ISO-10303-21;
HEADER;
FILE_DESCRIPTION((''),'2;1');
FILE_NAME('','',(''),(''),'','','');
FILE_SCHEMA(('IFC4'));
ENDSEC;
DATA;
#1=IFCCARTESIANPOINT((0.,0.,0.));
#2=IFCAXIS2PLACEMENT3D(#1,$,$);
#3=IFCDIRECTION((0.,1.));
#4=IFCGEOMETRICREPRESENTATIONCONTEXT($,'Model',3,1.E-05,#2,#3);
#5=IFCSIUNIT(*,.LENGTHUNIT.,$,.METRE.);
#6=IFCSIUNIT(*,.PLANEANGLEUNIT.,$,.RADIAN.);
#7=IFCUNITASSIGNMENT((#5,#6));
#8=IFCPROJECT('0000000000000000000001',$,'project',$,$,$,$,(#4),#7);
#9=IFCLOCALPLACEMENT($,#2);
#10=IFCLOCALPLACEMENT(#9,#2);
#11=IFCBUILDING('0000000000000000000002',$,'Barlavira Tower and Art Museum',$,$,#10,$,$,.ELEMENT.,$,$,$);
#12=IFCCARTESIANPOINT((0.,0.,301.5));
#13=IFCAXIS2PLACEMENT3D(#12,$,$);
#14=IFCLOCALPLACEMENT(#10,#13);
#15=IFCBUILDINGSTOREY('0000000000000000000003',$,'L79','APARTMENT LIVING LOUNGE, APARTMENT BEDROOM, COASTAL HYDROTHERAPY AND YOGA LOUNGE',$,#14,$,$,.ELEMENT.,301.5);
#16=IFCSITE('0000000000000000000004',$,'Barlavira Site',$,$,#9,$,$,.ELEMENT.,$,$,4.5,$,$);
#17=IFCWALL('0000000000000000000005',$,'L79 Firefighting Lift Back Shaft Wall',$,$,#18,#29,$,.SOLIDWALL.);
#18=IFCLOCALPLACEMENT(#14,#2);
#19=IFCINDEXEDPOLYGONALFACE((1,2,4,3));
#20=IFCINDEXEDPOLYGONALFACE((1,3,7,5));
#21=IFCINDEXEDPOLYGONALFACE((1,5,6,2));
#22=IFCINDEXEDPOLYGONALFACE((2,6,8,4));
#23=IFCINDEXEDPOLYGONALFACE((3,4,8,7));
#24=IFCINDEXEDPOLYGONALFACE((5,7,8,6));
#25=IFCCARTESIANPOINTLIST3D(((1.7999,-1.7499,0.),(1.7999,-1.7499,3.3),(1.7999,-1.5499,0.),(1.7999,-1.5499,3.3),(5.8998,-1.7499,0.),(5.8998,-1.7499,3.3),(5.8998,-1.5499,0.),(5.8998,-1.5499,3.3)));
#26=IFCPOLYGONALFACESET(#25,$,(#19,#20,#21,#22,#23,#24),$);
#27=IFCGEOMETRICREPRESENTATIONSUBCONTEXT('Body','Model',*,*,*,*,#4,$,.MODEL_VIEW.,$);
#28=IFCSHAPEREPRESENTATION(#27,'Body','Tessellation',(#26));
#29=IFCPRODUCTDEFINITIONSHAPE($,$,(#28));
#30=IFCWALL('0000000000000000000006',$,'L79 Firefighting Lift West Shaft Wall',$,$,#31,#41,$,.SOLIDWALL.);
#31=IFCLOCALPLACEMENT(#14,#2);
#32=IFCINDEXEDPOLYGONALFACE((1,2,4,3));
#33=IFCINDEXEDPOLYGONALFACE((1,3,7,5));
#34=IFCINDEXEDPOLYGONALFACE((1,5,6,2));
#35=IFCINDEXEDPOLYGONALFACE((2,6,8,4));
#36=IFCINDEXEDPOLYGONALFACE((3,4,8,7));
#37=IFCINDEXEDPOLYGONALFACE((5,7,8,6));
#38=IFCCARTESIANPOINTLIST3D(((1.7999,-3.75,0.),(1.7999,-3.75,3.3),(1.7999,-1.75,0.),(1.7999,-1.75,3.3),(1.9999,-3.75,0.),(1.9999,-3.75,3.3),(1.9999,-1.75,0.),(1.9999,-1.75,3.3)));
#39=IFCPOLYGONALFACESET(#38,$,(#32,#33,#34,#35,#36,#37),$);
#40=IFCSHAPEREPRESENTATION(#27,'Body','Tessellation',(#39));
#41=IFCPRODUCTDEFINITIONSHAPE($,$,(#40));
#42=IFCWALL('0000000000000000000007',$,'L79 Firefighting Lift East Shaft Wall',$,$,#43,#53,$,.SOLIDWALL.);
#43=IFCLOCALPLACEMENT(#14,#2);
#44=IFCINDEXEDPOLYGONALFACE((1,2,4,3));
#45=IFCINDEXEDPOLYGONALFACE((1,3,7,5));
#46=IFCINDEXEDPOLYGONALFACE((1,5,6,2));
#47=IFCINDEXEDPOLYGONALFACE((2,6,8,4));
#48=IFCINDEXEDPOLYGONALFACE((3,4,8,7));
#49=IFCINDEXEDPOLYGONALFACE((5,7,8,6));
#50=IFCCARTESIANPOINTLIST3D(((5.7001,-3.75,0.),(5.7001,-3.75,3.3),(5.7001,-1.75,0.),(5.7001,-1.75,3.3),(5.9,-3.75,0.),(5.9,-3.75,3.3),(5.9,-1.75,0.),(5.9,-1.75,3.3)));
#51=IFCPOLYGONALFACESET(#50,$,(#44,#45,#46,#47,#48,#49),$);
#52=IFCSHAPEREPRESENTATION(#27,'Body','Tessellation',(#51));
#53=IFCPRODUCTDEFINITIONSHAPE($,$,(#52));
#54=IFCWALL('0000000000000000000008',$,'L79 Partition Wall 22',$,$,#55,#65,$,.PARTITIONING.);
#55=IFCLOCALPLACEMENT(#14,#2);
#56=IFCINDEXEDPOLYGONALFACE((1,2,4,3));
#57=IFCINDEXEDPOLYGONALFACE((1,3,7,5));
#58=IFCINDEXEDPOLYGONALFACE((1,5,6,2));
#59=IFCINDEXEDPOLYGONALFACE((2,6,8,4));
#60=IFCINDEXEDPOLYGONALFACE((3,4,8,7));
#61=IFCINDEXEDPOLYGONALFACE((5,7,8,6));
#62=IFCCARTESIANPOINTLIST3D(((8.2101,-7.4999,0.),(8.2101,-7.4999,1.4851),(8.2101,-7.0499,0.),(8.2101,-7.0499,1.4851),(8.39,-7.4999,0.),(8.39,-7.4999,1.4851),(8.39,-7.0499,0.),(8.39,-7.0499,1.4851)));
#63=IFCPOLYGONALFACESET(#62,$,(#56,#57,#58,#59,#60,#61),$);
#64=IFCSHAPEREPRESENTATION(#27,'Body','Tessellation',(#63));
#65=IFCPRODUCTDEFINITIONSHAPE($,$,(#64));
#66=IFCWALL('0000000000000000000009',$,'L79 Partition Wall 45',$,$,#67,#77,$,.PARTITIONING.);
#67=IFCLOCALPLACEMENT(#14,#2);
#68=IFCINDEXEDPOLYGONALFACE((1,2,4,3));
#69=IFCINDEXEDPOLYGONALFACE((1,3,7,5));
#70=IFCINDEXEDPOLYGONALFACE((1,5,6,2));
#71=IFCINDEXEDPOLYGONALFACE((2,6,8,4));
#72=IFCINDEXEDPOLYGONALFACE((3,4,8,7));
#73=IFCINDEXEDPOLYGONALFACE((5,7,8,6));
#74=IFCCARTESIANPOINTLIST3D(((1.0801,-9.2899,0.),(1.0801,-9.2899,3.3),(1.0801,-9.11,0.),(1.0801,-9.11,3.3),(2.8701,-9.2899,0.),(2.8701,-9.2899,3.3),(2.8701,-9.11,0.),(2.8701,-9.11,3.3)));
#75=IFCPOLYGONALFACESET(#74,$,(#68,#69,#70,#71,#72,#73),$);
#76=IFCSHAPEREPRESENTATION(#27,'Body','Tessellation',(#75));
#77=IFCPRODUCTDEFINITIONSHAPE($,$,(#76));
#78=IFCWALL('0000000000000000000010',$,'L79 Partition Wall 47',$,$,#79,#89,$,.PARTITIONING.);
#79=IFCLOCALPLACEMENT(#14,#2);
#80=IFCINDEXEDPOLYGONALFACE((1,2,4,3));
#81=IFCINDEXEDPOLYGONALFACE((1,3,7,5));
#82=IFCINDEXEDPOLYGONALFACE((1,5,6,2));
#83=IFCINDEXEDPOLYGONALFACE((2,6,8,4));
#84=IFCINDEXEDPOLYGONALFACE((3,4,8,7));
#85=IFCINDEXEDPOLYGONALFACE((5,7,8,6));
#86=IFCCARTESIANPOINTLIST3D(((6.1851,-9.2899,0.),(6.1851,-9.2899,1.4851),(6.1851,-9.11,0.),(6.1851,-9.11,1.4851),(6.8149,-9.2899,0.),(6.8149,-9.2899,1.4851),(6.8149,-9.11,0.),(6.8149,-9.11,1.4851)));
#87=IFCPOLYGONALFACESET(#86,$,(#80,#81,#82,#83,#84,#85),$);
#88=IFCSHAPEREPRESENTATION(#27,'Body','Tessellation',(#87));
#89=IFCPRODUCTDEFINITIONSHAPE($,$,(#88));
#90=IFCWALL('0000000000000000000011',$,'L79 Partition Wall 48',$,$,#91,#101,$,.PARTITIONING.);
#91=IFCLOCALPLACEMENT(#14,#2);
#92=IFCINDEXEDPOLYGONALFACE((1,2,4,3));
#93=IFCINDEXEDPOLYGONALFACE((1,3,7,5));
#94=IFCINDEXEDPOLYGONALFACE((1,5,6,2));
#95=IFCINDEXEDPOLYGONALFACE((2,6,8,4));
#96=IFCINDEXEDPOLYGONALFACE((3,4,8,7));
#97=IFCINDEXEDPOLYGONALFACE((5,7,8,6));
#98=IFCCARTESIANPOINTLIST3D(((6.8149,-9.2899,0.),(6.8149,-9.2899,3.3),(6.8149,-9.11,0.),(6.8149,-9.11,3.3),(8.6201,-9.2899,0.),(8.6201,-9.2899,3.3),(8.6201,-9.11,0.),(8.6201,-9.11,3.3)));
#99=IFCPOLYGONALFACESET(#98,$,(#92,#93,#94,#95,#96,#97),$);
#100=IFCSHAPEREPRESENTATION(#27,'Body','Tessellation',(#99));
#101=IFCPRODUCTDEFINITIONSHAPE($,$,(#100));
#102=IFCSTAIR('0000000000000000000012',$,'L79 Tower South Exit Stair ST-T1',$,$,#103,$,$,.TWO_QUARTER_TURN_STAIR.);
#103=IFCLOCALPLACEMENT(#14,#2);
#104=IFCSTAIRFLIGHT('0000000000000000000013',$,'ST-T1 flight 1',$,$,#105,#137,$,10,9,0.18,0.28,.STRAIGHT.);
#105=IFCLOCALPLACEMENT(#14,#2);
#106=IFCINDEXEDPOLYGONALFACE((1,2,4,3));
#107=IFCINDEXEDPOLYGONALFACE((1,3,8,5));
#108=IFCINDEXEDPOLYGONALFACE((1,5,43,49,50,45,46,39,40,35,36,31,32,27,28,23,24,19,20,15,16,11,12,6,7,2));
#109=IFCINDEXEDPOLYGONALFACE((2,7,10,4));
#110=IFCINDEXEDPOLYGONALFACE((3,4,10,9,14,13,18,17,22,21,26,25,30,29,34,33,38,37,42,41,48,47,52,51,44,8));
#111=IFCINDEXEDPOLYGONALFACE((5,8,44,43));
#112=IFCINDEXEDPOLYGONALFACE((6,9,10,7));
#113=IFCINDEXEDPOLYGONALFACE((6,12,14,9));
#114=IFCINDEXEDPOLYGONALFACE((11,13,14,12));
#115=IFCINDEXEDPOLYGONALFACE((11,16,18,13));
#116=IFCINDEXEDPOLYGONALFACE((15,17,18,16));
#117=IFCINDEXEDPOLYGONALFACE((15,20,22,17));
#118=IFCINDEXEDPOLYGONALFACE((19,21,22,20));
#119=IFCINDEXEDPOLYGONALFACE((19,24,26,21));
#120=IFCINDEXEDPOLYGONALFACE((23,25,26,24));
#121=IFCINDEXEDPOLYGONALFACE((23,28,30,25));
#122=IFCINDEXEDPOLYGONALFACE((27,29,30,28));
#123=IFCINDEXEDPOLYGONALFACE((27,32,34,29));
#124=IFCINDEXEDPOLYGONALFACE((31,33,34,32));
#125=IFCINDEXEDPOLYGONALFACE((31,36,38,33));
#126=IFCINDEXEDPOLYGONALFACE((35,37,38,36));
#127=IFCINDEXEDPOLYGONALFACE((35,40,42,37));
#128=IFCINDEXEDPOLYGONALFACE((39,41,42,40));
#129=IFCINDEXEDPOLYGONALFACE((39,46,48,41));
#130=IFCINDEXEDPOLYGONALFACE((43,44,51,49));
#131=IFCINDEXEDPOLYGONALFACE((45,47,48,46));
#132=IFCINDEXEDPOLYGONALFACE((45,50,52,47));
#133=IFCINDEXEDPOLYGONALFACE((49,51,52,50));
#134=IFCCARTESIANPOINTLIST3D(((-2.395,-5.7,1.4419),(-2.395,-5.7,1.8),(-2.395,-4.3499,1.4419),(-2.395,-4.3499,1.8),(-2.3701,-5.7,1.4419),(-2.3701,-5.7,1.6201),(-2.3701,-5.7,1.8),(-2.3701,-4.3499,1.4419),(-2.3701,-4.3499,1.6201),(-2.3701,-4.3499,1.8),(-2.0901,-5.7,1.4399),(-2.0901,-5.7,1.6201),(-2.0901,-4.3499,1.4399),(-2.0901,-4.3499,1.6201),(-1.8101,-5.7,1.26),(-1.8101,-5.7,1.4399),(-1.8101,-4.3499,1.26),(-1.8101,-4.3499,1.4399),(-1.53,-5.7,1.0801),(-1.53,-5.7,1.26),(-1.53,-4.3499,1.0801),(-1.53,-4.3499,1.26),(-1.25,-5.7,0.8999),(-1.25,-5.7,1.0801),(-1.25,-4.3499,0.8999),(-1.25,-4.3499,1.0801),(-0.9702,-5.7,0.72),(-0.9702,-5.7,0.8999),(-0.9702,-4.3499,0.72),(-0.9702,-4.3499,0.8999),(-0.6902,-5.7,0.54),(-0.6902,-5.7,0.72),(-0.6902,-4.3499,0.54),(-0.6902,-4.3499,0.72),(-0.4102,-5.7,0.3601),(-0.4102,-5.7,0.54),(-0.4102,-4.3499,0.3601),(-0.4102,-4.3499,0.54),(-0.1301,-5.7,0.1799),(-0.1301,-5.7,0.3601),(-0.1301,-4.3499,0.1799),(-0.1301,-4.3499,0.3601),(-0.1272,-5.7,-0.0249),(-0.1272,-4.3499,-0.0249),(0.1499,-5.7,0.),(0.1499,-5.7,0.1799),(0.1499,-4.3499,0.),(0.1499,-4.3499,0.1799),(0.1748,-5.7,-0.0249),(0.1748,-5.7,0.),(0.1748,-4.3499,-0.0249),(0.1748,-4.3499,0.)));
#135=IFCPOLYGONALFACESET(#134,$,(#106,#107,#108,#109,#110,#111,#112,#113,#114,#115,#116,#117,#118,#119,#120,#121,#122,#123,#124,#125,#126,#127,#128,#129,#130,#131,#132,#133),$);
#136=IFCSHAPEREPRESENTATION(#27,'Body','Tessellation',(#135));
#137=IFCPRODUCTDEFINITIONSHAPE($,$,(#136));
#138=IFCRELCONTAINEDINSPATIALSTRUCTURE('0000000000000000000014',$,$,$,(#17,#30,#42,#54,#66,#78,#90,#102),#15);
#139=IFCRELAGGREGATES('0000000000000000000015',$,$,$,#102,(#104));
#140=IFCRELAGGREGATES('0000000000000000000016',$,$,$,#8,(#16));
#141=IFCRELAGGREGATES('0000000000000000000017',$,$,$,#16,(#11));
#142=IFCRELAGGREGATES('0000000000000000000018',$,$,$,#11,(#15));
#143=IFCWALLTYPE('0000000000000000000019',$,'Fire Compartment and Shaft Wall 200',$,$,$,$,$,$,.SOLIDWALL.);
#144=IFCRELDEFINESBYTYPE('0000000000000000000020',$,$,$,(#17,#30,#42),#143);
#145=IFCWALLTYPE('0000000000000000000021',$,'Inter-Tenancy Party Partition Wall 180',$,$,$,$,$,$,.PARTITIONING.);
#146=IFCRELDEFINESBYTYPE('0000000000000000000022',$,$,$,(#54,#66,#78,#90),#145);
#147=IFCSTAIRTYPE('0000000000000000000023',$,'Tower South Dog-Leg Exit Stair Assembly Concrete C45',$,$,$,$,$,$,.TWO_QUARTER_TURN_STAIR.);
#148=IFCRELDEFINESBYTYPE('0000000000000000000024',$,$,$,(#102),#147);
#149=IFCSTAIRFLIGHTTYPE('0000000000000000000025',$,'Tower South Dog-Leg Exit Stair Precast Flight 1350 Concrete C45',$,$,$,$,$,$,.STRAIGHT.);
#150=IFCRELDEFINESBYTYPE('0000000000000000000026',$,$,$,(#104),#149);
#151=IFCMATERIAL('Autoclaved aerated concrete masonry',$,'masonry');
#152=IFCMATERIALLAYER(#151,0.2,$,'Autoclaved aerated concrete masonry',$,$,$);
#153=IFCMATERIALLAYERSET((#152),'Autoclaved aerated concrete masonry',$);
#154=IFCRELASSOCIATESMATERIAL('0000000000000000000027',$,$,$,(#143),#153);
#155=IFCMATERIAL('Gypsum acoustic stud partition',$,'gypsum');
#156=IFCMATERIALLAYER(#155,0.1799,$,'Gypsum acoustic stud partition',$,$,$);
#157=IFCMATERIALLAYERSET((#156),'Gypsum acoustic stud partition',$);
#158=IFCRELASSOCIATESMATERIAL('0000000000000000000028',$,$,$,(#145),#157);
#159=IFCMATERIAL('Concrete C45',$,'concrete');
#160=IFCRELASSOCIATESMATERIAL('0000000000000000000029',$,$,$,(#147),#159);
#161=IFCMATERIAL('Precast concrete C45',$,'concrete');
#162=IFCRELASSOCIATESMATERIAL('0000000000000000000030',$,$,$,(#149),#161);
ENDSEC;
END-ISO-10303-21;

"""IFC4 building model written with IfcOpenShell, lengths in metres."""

from ifc_helpers import new_model, si_unit, direction, frame, frame_2d, origin, place, context, subcontext, project, spatial, polyline, rectangle, outline, extrude, material, layer, layer_set, type_object, element, aggregate, save


model = new_model("IFC4")

# Units and contexts
model_context = context("Model", 3, precision=1e-05, world=origin(), true_north=direction((0.0, 1.0)))
body_context = subcontext(model_context, "Body", "Model", "MODEL_VIEW")
ifc_project = project(units=[si_unit("LENGTHUNIT", "METRE"), si_unit("PLANEANGLEUNIT", "RADIAN")], contexts=[model_context])

# Site, building, storey
site_placement = place(None, origin())
site = spatial("IfcSite", under=ifc_project, at=site_placement, Name="Barlavira Site", CompositionType="ELEMENT", RefElevation=4.5)
building_placement = place(site_placement, origin())
building = spatial("IfcBuilding", under=site, at=building_placement, Name="Barlavira Tower and Art Museum", CompositionType="ELEMENT")
storey_placement = place(building_placement, frame((0.0, 0.0, 301.5)))
storey = spatial("IfcBuildingStorey", under=building, at=storey_placement, Name="L79", Description="APARTMENT LIVING LOUNGE, APARTMENT BEDROOM, COASTAL HYDROTHERAPY AND YOGA LOUNGE", CompositionType="ELEMENT", Elevation=301.5)

# Shared definitions
ifc_material_1 = material(Name="Autoclaved aerated concrete masonry", Category="masonry")
ifc_layer_1 = layer(ifc_material_1, 0.2, Name="Autoclaved aerated concrete masonry")
ifc_layer_set_1 = layer_set([ifc_layer_1], Name="Autoclaved aerated concrete masonry")
wall_type_1 = type_object("IfcWallType", Name="Fire Compartment and Shaft Wall 200", PredefinedType="SOLIDWALL", material=ifc_layer_set_1)

# Walls
wall_1_placement = place(storey_placement, frame((1.8, -1.6499, 0.0), z_axis=(0.0, 0.0, 1.0), x_axis=(1.0, 0.0, 0.0)))
element("IfcWall", 1, at=wall_1_placement, inside=storey, type_object=wall_type_1, Name="L79 Firefighting Lift Back Shaft Wall", PredefinedType="SOLIDWALL", context=body_context, shape_type="SweptSolid", body=[
    extrude(rectangle(XDim=4.0999, YDim=0.2, at=frame_2d((2.0498, 0.0))), origin(), (0.0, 0.0, 1.0), 3.3),
])
for number, where, z_axis, x_axis, name in (
    (2, (1.8999, -3.75, 0.0), (0.0, 0.0, 1.0), (0.0, 1.0, 0.0), "L79 Firefighting Lift West Shaft Wall"),
    (3, (5.8, -3.75, 0.0), (0.0, 0.0, 1.0), (0.0, 1.0, 0.0), "L79 Firefighting Lift East Shaft Wall"),
):
    element("IfcWall", number, at=place(storey_placement, frame(where, z_axis=z_axis, x_axis=x_axis)), inside=storey, type_object=wall_type_1, Name=name, PredefinedType="SOLIDWALL", context=body_context, shape_type="SweptSolid", body=[
        extrude(rectangle(XDim=2.0, YDim=0.2, at=frame_2d((1.0, 0.0))), origin(), (0.0, 0.0, 1.0), 3.3),
    ])
ifc_material_2 = material(Name="Gypsum acoustic stud partition", Category="gypsum")
ifc_layer_2 = layer(ifc_material_2, 0.1799, Name="Gypsum acoustic stud partition")
ifc_layer_set_2 = layer_set([ifc_layer_2], Name="Gypsum acoustic stud partition")
wall_type_2 = type_object("IfcWallType", Name="Inter-Tenancy Party Partition Wall 180", PredefinedType="PARTITIONING", material=ifc_layer_set_2)
wall_2_placement = place(storey_placement, frame((8.3, -7.5, 0.0), z_axis=(0.0, 0.0, 1.0), x_axis=(0.0, 1.0, 0.0)))
element("IfcWall", 4, at=wall_2_placement, inside=storey, type_object=wall_type_2, Name="L79 Partition Wall 22", PredefinedType="PARTITIONING", context=body_context, shape_type="SweptSolid", body=[
    extrude(rectangle(XDim=0.45, YDim=0.1799, at=frame_2d((0.2251, 0.0))), origin(), (0.0, 0.0, 1.0), 1.4851),
])
wall_3_placement = place(storey_placement, frame((1.0801, -9.2, 0.0), z_axis=(0.0, 0.0, 1.0), x_axis=(1.0, 0.0, 0.0)))
element("IfcWall", 5, at=wall_3_placement, inside=storey, type_object=wall_type_2, Name="L79 Partition Wall 45", PredefinedType="PARTITIONING", context=body_context, shape_type="SweptSolid", body=[
    extrude(rectangle(XDim=1.79, YDim=0.1799, at=frame_2d((0.895, 0.0))), origin(), (0.0, 0.0, 1.0), 3.3),
])

# Walls
wall_4_placement = place(storey_placement, frame((6.1851, -9.2, 0.0), z_axis=(0.0, 0.0, 1.0), x_axis=(1.0, 0.0, 0.0)))
element("IfcWall", 6, at=wall_4_placement, inside=storey, type_object=wall_type_2, Name="L79 Partition Wall 47", PredefinedType="PARTITIONING", context=body_context, shape_type="SweptSolid", body=[
    extrude(rectangle(XDim=0.6299, YDim=0.1799, at=frame_2d((0.3149, 0.0))), origin(), (0.0, 0.0, 1.0), 1.4851),
])
wall_5_placement = place(storey_placement, frame((6.8149, -9.2, 0.0), z_axis=(0.0, 0.0, 1.0), x_axis=(1.0, 0.0, 0.0)))
element("IfcWall", 7, at=wall_5_placement, inside=storey, type_object=wall_type_2, Name="L79 Partition Wall 48", PredefinedType="PARTITIONING", context=body_context, shape_type="SweptSolid", body=[
    extrude(rectangle(XDim=1.8052, YDim=0.1799, at=frame_2d((0.9026, 0.0))), origin(), (0.0, 0.0, 1.0), 3.3),
])

# Stair, stair flight
ifc_material_3 = material(Name="Concrete C45", Category="concrete")
stair_type = type_object("IfcStairType", Name="Tower South Dog-Leg Exit Stair Assembly Concrete C45", PredefinedType="TWO_QUARTER_TURN_STAIR", material=ifc_material_3)
stair_placement = place(storey_placement, origin())
stair = element("IfcStair", 8, at=stair_placement, inside=storey, type_object=stair_type, Name="L79 Tower South Exit Stair ST-T1", PredefinedType="TWO_QUARTER_TURN_STAIR")
ifc_material_4 = material(Name="Precast concrete C45", Category="concrete")
stair_flight_type = type_object("IfcStairFlightType", Name="Tower South Dog-Leg Exit Stair Precast Flight 1350 Concrete C45", PredefinedType="STRAIGHT", material=ifc_material_4)
stair_flight_placement = place(storey_placement, frame((0.1499, -5.0249, 0.0), z_axis=(0.0, 0.0, 1.0), x_axis=(-1.0, 0.0, 0.0)))
stair_flight = element("IfcStairFlight", 9, at=stair_flight_placement, type_object=stair_flight_type, Name="ST-T1 flight 1", NumberOfRisers=10, NumberOfTreads=9, PredefinedType="STRAIGHT", RiserHeight=0.18, TreadLength=0.28, context=body_context, shape_type="SweptSolid", body=[
    extrude(outline(polyline([(-0.0249, 0.0), (0.0, 0.0), (0.0, 0.1799), (0.28, 0.1799), (0.28, 0.3601), (0.5601, 0.3601), (0.5601, 0.54), (0.8401, 0.54), (0.8401, 0.72), (1.1201, 0.72), (1.1201, 0.8999), (1.3999, 0.8999), (1.3999, 1.0801), (1.6799, 1.0801), (1.6799, 1.26), (1.96, 1.26), (1.96, 1.4399), (2.24, 1.4399), (2.24, 1.6201), (2.52, 1.6201), (2.52, 1.8), (2.5449, 1.8), (2.5449, 1.4419), (2.52, 1.4419), (0.2771, -0.0249), (-0.0249, -0.0249), (-0.0249, 0.0)])), frame((0.0, 0.675, 0.0), z_axis=(0.0, -1.0, 0.0), x_axis=(1.0, 0.0, 0.0)), (0.0, 0.0, 1.0), 1.3501),
])
aggregate(stair, [stair_flight])

save(model, "model.ifc")
